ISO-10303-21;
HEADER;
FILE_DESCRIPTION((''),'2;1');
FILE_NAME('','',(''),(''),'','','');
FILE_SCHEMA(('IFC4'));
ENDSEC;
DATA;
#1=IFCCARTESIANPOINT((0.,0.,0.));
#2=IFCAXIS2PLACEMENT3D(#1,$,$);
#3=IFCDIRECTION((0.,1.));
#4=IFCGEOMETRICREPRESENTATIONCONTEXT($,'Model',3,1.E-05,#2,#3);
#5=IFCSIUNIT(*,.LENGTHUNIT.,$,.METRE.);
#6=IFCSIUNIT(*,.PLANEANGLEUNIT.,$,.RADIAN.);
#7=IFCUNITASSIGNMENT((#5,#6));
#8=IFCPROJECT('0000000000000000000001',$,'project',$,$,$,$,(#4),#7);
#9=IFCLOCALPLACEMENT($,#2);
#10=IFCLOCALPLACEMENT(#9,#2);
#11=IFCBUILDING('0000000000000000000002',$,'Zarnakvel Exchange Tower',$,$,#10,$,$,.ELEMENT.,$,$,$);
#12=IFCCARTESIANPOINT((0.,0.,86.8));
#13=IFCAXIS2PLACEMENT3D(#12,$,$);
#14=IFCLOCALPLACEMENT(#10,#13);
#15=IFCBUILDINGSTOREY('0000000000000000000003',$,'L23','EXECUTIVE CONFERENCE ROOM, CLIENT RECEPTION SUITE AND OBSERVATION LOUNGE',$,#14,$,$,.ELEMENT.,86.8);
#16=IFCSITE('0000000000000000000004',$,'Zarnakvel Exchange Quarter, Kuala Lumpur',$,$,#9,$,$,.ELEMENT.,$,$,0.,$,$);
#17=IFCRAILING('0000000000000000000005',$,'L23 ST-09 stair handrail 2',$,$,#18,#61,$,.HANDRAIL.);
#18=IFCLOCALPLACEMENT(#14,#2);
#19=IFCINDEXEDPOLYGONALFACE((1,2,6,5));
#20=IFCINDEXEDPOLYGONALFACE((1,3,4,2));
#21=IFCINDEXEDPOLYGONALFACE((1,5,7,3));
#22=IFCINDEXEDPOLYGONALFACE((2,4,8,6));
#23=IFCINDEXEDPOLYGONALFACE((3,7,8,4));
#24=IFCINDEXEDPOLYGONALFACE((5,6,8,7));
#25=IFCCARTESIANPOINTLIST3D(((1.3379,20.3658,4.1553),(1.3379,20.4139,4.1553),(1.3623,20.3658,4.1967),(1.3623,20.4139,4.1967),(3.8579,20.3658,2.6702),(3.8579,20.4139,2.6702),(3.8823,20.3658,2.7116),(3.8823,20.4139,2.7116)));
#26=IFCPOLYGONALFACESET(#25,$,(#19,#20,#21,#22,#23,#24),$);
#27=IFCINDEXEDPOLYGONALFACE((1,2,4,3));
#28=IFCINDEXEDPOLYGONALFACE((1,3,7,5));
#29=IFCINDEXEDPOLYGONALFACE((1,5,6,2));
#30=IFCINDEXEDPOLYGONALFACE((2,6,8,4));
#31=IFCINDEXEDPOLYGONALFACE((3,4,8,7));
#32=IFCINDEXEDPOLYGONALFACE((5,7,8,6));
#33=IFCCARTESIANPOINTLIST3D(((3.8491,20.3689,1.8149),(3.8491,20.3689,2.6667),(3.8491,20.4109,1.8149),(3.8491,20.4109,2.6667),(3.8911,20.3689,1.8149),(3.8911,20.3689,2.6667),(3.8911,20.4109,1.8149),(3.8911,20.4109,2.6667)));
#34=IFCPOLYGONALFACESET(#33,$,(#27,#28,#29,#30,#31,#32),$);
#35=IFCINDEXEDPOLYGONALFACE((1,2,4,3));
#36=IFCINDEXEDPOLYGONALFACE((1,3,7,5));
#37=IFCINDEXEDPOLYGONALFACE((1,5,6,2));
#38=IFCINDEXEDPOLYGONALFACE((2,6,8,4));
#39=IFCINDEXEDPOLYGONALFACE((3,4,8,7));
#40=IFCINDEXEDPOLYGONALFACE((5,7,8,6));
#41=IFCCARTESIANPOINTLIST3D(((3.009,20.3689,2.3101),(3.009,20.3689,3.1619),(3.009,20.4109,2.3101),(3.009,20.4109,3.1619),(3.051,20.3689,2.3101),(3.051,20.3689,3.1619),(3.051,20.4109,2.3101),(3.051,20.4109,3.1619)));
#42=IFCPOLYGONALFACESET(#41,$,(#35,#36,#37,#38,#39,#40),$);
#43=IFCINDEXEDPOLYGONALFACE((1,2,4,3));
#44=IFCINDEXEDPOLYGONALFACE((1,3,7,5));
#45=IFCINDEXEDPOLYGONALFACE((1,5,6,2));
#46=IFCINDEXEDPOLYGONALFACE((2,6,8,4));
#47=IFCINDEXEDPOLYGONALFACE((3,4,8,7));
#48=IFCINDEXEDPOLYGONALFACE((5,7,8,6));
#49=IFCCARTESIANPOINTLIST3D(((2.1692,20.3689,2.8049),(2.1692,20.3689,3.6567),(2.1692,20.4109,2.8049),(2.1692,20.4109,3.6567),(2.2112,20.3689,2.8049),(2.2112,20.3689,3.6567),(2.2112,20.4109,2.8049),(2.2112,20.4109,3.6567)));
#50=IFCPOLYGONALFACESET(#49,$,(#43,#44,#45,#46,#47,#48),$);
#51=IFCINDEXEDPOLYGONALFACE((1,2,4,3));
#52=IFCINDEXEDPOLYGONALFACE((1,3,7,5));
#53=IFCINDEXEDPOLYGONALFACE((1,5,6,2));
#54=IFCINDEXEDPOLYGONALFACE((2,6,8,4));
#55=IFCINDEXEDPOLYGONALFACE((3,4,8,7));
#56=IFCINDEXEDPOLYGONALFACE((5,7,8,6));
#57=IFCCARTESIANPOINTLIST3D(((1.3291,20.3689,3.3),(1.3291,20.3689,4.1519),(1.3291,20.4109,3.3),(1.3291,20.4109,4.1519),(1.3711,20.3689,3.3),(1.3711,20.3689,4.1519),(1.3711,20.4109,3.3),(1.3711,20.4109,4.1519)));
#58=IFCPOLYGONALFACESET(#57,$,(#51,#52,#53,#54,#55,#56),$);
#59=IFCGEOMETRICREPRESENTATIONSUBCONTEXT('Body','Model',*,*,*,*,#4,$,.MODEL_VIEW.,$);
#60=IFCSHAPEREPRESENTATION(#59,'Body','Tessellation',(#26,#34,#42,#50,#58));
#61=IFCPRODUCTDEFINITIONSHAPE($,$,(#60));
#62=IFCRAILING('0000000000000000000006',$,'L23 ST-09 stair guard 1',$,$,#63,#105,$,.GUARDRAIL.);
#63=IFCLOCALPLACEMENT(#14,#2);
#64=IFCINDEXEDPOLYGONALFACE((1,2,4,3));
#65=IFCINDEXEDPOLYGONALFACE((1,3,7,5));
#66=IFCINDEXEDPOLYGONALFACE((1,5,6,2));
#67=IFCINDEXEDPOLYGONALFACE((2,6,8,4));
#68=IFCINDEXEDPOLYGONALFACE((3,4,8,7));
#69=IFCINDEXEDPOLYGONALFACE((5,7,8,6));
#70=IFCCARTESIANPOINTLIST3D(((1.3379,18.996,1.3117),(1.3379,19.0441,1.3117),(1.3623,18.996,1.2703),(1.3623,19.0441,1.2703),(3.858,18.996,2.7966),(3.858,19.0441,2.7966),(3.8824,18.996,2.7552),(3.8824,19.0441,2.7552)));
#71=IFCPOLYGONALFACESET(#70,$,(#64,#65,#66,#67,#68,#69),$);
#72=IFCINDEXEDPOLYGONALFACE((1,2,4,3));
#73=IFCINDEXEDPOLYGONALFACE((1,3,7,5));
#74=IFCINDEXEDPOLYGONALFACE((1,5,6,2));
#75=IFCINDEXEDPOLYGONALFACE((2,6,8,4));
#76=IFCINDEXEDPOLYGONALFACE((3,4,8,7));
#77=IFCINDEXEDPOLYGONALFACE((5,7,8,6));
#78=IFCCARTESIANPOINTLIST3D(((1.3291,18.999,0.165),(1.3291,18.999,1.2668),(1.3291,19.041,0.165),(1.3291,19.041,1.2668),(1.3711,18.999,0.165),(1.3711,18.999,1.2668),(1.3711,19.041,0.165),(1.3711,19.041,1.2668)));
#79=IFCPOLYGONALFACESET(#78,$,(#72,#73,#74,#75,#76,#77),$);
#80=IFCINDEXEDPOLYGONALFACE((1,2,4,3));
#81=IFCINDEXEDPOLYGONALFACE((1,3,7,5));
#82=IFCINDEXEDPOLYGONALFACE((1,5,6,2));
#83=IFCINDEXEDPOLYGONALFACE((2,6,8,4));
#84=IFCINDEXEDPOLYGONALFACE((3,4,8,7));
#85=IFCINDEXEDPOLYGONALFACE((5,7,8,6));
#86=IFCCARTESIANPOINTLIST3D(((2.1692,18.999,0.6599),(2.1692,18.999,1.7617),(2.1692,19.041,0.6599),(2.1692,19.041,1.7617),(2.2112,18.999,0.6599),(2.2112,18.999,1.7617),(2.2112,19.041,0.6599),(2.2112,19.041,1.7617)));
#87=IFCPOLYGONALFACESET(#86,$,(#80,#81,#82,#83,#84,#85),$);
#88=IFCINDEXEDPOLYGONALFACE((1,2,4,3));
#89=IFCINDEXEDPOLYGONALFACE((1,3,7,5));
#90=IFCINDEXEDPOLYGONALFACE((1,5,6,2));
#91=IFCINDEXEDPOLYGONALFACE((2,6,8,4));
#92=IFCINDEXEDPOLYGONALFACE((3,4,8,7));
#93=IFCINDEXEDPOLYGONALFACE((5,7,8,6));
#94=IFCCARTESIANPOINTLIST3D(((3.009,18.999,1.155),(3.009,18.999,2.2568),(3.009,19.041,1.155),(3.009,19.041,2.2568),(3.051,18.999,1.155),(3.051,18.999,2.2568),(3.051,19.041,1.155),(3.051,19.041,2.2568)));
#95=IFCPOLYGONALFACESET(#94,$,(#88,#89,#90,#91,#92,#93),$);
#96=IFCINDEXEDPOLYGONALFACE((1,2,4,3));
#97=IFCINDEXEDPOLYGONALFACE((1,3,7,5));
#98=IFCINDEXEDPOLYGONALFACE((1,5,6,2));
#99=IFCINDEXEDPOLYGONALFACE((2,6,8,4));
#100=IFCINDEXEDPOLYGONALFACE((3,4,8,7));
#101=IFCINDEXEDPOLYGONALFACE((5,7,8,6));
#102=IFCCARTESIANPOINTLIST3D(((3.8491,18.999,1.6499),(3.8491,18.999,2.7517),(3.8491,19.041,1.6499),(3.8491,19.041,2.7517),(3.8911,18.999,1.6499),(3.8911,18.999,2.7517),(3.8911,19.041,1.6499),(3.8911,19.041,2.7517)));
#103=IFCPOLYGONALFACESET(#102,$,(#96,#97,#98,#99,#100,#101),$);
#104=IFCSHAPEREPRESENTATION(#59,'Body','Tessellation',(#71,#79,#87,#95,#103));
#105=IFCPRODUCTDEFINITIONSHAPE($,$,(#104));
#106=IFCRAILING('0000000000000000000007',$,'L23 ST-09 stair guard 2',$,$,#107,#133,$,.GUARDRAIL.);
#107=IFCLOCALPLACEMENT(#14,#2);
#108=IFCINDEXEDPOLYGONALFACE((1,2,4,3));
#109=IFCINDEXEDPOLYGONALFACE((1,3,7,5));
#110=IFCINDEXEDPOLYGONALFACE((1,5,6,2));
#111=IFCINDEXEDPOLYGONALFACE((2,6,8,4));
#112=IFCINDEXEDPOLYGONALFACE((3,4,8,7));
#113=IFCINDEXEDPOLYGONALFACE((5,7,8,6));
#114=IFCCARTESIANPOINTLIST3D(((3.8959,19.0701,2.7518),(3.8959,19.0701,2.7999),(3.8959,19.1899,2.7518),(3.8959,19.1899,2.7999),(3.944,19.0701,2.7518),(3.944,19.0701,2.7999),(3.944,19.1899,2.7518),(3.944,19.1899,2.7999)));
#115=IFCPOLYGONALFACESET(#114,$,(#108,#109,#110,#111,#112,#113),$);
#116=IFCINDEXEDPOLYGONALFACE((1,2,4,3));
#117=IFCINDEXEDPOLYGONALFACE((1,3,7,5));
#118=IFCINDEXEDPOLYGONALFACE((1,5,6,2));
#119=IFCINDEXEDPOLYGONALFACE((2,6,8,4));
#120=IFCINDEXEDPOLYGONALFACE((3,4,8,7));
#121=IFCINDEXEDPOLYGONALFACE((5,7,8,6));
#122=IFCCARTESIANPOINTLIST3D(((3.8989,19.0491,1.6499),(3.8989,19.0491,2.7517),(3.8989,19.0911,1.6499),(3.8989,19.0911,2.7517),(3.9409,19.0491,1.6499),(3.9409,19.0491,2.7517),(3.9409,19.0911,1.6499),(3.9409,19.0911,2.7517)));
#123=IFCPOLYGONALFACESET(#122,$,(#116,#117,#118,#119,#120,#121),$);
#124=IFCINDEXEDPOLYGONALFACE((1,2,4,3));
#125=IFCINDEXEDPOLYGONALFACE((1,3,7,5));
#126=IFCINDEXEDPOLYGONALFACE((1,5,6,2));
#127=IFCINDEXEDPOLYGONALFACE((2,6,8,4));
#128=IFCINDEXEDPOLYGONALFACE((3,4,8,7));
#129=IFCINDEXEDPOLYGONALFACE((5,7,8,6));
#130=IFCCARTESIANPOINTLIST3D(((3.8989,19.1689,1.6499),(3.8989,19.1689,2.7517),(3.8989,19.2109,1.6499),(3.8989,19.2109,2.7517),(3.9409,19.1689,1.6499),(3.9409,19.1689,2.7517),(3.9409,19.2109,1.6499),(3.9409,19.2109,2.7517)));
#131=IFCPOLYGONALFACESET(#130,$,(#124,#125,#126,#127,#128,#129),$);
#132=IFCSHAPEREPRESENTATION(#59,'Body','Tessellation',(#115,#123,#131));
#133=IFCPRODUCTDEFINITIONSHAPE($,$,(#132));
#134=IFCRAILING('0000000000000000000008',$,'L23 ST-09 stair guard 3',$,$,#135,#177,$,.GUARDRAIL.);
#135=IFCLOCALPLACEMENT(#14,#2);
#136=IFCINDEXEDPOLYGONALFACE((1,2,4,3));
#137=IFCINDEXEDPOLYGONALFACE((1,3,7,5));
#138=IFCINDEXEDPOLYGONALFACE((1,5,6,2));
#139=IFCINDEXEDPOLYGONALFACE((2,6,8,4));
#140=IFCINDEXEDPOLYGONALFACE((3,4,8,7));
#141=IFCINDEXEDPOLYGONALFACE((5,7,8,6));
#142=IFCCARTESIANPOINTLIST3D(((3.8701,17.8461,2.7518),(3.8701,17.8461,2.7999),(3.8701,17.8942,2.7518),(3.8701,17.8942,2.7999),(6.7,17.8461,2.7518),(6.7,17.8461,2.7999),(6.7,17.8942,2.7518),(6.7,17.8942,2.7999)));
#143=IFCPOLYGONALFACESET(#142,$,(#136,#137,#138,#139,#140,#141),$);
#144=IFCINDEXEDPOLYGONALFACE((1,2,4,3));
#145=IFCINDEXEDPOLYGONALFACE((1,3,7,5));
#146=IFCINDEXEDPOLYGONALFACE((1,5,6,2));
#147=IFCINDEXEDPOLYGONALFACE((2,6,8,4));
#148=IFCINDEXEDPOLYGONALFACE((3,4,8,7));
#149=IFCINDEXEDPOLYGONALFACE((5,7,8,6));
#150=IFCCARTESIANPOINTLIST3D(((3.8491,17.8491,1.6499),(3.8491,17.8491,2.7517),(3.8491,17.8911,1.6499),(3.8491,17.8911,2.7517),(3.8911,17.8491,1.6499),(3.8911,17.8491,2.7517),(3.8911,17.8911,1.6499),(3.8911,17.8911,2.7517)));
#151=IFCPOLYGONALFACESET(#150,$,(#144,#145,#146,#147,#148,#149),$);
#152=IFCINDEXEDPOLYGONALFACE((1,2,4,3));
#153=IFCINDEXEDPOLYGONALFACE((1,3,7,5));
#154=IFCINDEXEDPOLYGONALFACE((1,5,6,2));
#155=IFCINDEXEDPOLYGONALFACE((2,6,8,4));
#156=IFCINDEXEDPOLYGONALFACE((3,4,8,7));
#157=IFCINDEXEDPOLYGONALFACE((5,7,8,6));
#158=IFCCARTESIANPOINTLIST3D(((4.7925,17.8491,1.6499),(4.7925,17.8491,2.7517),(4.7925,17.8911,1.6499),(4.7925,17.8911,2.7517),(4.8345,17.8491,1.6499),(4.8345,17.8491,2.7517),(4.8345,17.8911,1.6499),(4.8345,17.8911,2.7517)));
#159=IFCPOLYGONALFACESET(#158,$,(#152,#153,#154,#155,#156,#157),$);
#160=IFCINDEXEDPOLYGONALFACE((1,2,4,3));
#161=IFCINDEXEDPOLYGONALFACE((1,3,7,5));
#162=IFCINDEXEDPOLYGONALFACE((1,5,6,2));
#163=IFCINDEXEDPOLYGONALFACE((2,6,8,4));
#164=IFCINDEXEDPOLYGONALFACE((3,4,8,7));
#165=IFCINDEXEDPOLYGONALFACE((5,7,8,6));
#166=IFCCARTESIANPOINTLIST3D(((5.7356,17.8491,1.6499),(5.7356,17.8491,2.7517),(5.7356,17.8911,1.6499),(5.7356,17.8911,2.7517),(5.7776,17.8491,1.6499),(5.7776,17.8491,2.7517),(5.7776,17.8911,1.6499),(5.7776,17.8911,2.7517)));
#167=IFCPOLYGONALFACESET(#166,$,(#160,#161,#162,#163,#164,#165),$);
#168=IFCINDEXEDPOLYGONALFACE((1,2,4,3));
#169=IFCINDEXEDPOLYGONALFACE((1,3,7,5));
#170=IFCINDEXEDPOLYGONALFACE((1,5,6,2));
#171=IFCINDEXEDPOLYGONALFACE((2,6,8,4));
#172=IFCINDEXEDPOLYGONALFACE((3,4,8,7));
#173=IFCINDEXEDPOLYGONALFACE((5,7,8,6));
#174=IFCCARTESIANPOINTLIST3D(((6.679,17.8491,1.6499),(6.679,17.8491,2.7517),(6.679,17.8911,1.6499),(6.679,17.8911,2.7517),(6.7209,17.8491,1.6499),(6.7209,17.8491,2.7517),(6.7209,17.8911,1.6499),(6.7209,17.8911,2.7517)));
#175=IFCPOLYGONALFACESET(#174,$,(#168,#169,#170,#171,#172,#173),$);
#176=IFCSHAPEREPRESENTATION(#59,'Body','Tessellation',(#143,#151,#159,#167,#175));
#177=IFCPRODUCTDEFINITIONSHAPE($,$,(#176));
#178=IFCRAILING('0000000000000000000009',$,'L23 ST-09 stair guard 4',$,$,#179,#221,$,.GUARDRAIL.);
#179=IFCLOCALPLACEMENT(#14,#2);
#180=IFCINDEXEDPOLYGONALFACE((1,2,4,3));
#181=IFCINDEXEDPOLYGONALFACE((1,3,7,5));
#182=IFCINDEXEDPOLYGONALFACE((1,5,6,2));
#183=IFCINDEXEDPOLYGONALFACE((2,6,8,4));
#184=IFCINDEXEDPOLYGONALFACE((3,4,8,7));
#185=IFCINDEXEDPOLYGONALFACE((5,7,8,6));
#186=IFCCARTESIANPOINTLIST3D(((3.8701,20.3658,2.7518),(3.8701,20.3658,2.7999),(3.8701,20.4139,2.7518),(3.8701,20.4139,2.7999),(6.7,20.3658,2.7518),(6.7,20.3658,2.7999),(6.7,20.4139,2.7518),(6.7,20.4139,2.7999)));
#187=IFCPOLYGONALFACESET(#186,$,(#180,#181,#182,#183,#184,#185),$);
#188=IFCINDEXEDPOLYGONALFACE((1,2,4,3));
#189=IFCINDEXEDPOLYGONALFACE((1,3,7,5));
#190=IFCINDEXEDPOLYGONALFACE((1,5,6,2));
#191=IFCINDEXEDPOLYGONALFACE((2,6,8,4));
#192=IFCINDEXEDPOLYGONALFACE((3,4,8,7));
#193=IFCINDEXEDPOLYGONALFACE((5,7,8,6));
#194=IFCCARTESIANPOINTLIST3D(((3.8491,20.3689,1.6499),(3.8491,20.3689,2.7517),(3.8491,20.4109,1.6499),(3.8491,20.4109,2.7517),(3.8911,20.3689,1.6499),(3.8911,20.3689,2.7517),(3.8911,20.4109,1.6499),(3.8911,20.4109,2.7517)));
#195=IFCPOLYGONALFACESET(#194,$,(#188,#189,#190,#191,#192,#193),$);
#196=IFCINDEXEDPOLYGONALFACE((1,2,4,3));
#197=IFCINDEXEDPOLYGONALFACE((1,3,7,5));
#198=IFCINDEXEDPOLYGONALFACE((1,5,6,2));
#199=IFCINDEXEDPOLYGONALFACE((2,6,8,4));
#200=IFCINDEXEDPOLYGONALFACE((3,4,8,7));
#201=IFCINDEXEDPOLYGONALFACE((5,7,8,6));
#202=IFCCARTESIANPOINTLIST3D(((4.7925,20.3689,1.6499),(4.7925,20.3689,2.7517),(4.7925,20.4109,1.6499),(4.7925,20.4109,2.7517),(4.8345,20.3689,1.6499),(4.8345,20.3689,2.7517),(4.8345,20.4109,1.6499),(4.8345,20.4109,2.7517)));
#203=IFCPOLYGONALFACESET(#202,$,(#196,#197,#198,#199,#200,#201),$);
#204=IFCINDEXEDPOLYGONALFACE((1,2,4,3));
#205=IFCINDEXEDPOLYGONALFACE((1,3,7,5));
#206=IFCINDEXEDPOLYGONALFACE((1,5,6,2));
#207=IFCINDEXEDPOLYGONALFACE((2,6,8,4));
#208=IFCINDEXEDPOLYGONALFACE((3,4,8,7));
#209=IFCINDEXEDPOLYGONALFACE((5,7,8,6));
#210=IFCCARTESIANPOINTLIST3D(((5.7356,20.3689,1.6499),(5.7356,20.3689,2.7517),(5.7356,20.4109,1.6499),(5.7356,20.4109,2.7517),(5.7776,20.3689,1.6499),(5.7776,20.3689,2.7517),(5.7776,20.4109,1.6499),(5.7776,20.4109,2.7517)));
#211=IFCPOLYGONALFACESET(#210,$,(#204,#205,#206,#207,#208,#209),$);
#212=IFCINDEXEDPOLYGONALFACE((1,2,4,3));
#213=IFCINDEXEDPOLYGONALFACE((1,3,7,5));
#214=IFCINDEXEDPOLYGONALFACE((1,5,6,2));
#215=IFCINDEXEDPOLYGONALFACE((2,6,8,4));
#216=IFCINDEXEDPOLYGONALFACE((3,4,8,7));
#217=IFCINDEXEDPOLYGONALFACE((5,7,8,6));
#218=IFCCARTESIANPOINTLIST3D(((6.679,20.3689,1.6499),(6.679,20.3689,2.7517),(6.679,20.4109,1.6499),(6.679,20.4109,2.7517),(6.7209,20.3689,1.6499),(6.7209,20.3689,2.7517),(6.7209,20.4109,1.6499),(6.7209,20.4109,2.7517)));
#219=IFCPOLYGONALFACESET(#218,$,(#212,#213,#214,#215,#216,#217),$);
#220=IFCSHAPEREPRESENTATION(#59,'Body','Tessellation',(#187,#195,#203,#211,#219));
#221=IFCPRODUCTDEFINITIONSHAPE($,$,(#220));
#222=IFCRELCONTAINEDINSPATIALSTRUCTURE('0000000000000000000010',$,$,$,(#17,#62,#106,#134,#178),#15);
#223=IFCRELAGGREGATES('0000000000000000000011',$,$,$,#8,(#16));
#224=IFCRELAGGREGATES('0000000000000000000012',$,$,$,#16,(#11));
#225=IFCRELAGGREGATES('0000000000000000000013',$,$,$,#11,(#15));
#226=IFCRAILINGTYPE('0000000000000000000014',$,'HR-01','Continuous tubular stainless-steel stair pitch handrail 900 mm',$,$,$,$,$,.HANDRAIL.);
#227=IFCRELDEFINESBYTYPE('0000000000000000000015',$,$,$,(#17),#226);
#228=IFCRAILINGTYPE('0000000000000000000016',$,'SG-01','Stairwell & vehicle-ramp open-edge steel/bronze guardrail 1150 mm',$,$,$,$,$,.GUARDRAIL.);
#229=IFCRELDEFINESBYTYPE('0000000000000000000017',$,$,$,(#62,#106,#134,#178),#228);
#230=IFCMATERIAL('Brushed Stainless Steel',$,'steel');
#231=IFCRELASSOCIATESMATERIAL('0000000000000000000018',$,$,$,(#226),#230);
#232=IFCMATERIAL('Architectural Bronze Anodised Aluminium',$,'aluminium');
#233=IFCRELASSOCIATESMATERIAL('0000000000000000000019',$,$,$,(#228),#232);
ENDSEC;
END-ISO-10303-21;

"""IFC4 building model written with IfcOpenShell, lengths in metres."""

from ifc_helpers import new_model, si_unit, direction, frame, origin, origin_2d, place, context, subcontext, project, spatial, rectangle, extrude, material, type_object, element, save


model = new_model("IFC4")

# Units and contexts
model_context = context("Model", 3, precision=1e-05, world=origin(), true_north=direction((0.0, 1.0)))
body_context = subcontext(model_context, "Body", "Model", "MODEL_VIEW")
ifc_project = project(units=[si_unit("LENGTHUNIT", "METRE"), si_unit("PLANEANGLEUNIT", "RADIAN")], contexts=[model_context])

# Site, building, storey
site_placement = place(None, origin())
site = spatial("IfcSite", under=ifc_project, at=site_placement, Name="Zarnakvel Exchange Quarter, Kuala Lumpur", CompositionType="ELEMENT", RefElevation=0.0)
building_placement = place(site_placement, origin())
building = spatial("IfcBuilding", under=site, at=building_placement, Name="Zarnakvel Exchange Tower", CompositionType="ELEMENT")
storey_placement = place(building_placement, frame((0.0, 0.0, 86.8)))
storey = spatial("IfcBuildingStorey", under=building, at=storey_placement, Name="L23", Description="EXECUTIVE CONFERENCE ROOM, CLIENT RECEPTION SUITE AND OBSERVATION LOUNGE", CompositionType="ELEMENT", Elevation=86.8)

# Railings
ifc_material_1 = material(Name="Brushed Stainless Steel", Category="steel")
railing_type_1 = type_object("IfcRailingType", Name="HR-01", Description="Continuous tubular stainless-steel stair pitch handrail 900 mm", PredefinedType="HANDRAIL", material=ifc_material_1)
railing_1_placement = place(storey_placement, frame((3.8701, 20.3899, 1.8149)))
element("IfcRailing", 1, at=railing_1_placement, inside=storey, type_object=railing_type_1, Name="L23 ST-09 stair handrail 2", PredefinedType="HANDRAIL", context=body_context, shape_type="SweptSolid", body=[
    extrude(rectangle(XDim=0.0481, YDim=0.0481, at=origin_2d()), frame((0.0, 0.0, 0.876), z_axis=(-0.861524, 0.0, 0.507717), x_axis=(0.0, -1.0, 0.0)), (0.0, 0.0, 1.0), 2.925),
    extrude(rectangle(XDim=0.042, YDim=0.042, at=origin_2d()), origin(), (0.0, 0.0, 1.0), 0.8518),
    extrude(rectangle(XDim=0.042, YDim=0.042, at=origin_2d()), frame((-0.8401, 0.0, 0.4951)), (0.0, 0.0, 1.0), 0.8518),
    extrude(rectangle(XDim=0.042, YDim=0.042, at=origin_2d()), frame((-1.6799, 0.0, 0.99)), (0.0, 0.0, 1.0), 0.8518),
    extrude(rectangle(XDim=0.042, YDim=0.042, at=origin_2d()), frame((-2.52, 0.0, 1.4851)), (0.0, 0.0, 1.0), 0.8518),
])
ifc_material_2 = material(Name="Architectural Bronze Anodised Aluminium", Category="aluminium")
railing_type_2 = type_object("IfcRailingType", Name="SG-01", Description="Stairwell & vehicle-ramp open-edge steel/bronze guardrail 1150 mm", PredefinedType="GUARDRAIL", material=ifc_material_2)
railing_2_placement = place(storey_placement, frame((1.3501, 19.02, 0.165)))
element("IfcRailing", 2, at=railing_2_placement, inside=storey, type_object=railing_type_2, Name="L23 ST-09 stair guard 1", PredefinedType="GUARDRAIL", context=body_context, shape_type="SweptSolid", body=[
    extrude(rectangle(XDim=0.0481, YDim=0.0481, at=origin_2d()), frame((0.0, 0.0, 1.126), z_axis=(0.861561, 0.0, 0.507655), x_axis=(0.0, 1.0, 0.0)), (0.0, 0.0, 1.0), 2.925),
    extrude(rectangle(XDim=0.042, YDim=0.042, at=origin_2d()), origin(), (0.0, 0.0, 1.0), 1.1018),
    extrude(rectangle(XDim=0.042, YDim=0.042, at=origin_2d()), frame((0.8401, 0.0, 0.4949)), (0.0, 0.0, 1.0), 1.1018),
    extrude(rectangle(XDim=0.042, YDim=0.042, at=origin_2d()), frame((1.6799, 0.0, 0.99)), (0.0, 0.0, 1.0), 1.1018),
    extrude(rectangle(XDim=0.042, YDim=0.042, at=origin_2d()), frame((2.52, 0.0, 1.4849)), (0.0, 0.0, 1.0), 1.1018),
])
railing_3_placement = place(storey_placement, frame((3.9199, 19.0701, 1.6499)))
element("IfcRailing", 3, at=railing_3_placement, inside=storey, type_object=railing_type_2, Name="L23 ST-09 stair guard 2", PredefinedType="GUARDRAIL", context=body_context, shape_type="SweptSolid", body=[
    extrude(rectangle(XDim=0.0481, YDim=0.0481, at=origin_2d()), frame((0.0, 0.0, 1.126), z_axis=(0.0, 1.0, 0.0), x_axis=(-1.0, 0.0, 0.0)), (0.0, 0.0, 1.0), 0.1199),
    extrude(rectangle(XDim=0.042, YDim=0.042, at=origin_2d()), origin(), (0.0, 0.0, 1.0), 1.1018),
    extrude(rectangle(XDim=0.042, YDim=0.042, at=origin_2d()), frame((0.0, 0.1199, 0.0)), (0.0, 0.0, 1.0), 1.1018),
])
for number, where, name in (
    (4, (3.8701, 17.8701, 1.6499), "L23 ST-09 stair guard 3"),
    (5, (3.8701, 20.3899, 1.6499), "L23 ST-09 stair guard 4"),
):
    element("IfcRailing", number, at=place(storey_placement, frame(where)), inside=storey, type_object=railing_type_2, Name=name, PredefinedType="GUARDRAIL", context=body_context, shape_type="SweptSolid", body=[
        extrude(rectangle(XDim=0.0481, YDim=0.0481, at=origin_2d()), frame((0.0, 0.0, 1.126), z_axis=(1.0, 0.0, 0.0), x_axis=(0.0, 1.0, 0.0)), (0.0, 0.0, 1.0), 2.8298),
        extrude(rectangle(XDim=0.042, YDim=0.042, at=origin_2d()), origin(), (0.0, 0.0, 1.0), 1.1018),
        extrude(rectangle(XDim=0.042, YDim=0.042, at=origin_2d()), frame((0.9434, 0.0, 0.0)), (0.0, 0.0, 1.0), 1.1018),
        extrude(rectangle(XDim=0.042, YDim=0.042, at=origin_2d()), frame((1.8865, 0.0, 0.0)), (0.0, 0.0, 1.0), 1.1018),
        extrude(rectangle(XDim=0.042, YDim=0.042, at=origin_2d()), frame((2.8298, 0.0, 0.0)), (0.0, 0.0, 1.0), 1.1018),
    ])

save(model, "model.ifc")
